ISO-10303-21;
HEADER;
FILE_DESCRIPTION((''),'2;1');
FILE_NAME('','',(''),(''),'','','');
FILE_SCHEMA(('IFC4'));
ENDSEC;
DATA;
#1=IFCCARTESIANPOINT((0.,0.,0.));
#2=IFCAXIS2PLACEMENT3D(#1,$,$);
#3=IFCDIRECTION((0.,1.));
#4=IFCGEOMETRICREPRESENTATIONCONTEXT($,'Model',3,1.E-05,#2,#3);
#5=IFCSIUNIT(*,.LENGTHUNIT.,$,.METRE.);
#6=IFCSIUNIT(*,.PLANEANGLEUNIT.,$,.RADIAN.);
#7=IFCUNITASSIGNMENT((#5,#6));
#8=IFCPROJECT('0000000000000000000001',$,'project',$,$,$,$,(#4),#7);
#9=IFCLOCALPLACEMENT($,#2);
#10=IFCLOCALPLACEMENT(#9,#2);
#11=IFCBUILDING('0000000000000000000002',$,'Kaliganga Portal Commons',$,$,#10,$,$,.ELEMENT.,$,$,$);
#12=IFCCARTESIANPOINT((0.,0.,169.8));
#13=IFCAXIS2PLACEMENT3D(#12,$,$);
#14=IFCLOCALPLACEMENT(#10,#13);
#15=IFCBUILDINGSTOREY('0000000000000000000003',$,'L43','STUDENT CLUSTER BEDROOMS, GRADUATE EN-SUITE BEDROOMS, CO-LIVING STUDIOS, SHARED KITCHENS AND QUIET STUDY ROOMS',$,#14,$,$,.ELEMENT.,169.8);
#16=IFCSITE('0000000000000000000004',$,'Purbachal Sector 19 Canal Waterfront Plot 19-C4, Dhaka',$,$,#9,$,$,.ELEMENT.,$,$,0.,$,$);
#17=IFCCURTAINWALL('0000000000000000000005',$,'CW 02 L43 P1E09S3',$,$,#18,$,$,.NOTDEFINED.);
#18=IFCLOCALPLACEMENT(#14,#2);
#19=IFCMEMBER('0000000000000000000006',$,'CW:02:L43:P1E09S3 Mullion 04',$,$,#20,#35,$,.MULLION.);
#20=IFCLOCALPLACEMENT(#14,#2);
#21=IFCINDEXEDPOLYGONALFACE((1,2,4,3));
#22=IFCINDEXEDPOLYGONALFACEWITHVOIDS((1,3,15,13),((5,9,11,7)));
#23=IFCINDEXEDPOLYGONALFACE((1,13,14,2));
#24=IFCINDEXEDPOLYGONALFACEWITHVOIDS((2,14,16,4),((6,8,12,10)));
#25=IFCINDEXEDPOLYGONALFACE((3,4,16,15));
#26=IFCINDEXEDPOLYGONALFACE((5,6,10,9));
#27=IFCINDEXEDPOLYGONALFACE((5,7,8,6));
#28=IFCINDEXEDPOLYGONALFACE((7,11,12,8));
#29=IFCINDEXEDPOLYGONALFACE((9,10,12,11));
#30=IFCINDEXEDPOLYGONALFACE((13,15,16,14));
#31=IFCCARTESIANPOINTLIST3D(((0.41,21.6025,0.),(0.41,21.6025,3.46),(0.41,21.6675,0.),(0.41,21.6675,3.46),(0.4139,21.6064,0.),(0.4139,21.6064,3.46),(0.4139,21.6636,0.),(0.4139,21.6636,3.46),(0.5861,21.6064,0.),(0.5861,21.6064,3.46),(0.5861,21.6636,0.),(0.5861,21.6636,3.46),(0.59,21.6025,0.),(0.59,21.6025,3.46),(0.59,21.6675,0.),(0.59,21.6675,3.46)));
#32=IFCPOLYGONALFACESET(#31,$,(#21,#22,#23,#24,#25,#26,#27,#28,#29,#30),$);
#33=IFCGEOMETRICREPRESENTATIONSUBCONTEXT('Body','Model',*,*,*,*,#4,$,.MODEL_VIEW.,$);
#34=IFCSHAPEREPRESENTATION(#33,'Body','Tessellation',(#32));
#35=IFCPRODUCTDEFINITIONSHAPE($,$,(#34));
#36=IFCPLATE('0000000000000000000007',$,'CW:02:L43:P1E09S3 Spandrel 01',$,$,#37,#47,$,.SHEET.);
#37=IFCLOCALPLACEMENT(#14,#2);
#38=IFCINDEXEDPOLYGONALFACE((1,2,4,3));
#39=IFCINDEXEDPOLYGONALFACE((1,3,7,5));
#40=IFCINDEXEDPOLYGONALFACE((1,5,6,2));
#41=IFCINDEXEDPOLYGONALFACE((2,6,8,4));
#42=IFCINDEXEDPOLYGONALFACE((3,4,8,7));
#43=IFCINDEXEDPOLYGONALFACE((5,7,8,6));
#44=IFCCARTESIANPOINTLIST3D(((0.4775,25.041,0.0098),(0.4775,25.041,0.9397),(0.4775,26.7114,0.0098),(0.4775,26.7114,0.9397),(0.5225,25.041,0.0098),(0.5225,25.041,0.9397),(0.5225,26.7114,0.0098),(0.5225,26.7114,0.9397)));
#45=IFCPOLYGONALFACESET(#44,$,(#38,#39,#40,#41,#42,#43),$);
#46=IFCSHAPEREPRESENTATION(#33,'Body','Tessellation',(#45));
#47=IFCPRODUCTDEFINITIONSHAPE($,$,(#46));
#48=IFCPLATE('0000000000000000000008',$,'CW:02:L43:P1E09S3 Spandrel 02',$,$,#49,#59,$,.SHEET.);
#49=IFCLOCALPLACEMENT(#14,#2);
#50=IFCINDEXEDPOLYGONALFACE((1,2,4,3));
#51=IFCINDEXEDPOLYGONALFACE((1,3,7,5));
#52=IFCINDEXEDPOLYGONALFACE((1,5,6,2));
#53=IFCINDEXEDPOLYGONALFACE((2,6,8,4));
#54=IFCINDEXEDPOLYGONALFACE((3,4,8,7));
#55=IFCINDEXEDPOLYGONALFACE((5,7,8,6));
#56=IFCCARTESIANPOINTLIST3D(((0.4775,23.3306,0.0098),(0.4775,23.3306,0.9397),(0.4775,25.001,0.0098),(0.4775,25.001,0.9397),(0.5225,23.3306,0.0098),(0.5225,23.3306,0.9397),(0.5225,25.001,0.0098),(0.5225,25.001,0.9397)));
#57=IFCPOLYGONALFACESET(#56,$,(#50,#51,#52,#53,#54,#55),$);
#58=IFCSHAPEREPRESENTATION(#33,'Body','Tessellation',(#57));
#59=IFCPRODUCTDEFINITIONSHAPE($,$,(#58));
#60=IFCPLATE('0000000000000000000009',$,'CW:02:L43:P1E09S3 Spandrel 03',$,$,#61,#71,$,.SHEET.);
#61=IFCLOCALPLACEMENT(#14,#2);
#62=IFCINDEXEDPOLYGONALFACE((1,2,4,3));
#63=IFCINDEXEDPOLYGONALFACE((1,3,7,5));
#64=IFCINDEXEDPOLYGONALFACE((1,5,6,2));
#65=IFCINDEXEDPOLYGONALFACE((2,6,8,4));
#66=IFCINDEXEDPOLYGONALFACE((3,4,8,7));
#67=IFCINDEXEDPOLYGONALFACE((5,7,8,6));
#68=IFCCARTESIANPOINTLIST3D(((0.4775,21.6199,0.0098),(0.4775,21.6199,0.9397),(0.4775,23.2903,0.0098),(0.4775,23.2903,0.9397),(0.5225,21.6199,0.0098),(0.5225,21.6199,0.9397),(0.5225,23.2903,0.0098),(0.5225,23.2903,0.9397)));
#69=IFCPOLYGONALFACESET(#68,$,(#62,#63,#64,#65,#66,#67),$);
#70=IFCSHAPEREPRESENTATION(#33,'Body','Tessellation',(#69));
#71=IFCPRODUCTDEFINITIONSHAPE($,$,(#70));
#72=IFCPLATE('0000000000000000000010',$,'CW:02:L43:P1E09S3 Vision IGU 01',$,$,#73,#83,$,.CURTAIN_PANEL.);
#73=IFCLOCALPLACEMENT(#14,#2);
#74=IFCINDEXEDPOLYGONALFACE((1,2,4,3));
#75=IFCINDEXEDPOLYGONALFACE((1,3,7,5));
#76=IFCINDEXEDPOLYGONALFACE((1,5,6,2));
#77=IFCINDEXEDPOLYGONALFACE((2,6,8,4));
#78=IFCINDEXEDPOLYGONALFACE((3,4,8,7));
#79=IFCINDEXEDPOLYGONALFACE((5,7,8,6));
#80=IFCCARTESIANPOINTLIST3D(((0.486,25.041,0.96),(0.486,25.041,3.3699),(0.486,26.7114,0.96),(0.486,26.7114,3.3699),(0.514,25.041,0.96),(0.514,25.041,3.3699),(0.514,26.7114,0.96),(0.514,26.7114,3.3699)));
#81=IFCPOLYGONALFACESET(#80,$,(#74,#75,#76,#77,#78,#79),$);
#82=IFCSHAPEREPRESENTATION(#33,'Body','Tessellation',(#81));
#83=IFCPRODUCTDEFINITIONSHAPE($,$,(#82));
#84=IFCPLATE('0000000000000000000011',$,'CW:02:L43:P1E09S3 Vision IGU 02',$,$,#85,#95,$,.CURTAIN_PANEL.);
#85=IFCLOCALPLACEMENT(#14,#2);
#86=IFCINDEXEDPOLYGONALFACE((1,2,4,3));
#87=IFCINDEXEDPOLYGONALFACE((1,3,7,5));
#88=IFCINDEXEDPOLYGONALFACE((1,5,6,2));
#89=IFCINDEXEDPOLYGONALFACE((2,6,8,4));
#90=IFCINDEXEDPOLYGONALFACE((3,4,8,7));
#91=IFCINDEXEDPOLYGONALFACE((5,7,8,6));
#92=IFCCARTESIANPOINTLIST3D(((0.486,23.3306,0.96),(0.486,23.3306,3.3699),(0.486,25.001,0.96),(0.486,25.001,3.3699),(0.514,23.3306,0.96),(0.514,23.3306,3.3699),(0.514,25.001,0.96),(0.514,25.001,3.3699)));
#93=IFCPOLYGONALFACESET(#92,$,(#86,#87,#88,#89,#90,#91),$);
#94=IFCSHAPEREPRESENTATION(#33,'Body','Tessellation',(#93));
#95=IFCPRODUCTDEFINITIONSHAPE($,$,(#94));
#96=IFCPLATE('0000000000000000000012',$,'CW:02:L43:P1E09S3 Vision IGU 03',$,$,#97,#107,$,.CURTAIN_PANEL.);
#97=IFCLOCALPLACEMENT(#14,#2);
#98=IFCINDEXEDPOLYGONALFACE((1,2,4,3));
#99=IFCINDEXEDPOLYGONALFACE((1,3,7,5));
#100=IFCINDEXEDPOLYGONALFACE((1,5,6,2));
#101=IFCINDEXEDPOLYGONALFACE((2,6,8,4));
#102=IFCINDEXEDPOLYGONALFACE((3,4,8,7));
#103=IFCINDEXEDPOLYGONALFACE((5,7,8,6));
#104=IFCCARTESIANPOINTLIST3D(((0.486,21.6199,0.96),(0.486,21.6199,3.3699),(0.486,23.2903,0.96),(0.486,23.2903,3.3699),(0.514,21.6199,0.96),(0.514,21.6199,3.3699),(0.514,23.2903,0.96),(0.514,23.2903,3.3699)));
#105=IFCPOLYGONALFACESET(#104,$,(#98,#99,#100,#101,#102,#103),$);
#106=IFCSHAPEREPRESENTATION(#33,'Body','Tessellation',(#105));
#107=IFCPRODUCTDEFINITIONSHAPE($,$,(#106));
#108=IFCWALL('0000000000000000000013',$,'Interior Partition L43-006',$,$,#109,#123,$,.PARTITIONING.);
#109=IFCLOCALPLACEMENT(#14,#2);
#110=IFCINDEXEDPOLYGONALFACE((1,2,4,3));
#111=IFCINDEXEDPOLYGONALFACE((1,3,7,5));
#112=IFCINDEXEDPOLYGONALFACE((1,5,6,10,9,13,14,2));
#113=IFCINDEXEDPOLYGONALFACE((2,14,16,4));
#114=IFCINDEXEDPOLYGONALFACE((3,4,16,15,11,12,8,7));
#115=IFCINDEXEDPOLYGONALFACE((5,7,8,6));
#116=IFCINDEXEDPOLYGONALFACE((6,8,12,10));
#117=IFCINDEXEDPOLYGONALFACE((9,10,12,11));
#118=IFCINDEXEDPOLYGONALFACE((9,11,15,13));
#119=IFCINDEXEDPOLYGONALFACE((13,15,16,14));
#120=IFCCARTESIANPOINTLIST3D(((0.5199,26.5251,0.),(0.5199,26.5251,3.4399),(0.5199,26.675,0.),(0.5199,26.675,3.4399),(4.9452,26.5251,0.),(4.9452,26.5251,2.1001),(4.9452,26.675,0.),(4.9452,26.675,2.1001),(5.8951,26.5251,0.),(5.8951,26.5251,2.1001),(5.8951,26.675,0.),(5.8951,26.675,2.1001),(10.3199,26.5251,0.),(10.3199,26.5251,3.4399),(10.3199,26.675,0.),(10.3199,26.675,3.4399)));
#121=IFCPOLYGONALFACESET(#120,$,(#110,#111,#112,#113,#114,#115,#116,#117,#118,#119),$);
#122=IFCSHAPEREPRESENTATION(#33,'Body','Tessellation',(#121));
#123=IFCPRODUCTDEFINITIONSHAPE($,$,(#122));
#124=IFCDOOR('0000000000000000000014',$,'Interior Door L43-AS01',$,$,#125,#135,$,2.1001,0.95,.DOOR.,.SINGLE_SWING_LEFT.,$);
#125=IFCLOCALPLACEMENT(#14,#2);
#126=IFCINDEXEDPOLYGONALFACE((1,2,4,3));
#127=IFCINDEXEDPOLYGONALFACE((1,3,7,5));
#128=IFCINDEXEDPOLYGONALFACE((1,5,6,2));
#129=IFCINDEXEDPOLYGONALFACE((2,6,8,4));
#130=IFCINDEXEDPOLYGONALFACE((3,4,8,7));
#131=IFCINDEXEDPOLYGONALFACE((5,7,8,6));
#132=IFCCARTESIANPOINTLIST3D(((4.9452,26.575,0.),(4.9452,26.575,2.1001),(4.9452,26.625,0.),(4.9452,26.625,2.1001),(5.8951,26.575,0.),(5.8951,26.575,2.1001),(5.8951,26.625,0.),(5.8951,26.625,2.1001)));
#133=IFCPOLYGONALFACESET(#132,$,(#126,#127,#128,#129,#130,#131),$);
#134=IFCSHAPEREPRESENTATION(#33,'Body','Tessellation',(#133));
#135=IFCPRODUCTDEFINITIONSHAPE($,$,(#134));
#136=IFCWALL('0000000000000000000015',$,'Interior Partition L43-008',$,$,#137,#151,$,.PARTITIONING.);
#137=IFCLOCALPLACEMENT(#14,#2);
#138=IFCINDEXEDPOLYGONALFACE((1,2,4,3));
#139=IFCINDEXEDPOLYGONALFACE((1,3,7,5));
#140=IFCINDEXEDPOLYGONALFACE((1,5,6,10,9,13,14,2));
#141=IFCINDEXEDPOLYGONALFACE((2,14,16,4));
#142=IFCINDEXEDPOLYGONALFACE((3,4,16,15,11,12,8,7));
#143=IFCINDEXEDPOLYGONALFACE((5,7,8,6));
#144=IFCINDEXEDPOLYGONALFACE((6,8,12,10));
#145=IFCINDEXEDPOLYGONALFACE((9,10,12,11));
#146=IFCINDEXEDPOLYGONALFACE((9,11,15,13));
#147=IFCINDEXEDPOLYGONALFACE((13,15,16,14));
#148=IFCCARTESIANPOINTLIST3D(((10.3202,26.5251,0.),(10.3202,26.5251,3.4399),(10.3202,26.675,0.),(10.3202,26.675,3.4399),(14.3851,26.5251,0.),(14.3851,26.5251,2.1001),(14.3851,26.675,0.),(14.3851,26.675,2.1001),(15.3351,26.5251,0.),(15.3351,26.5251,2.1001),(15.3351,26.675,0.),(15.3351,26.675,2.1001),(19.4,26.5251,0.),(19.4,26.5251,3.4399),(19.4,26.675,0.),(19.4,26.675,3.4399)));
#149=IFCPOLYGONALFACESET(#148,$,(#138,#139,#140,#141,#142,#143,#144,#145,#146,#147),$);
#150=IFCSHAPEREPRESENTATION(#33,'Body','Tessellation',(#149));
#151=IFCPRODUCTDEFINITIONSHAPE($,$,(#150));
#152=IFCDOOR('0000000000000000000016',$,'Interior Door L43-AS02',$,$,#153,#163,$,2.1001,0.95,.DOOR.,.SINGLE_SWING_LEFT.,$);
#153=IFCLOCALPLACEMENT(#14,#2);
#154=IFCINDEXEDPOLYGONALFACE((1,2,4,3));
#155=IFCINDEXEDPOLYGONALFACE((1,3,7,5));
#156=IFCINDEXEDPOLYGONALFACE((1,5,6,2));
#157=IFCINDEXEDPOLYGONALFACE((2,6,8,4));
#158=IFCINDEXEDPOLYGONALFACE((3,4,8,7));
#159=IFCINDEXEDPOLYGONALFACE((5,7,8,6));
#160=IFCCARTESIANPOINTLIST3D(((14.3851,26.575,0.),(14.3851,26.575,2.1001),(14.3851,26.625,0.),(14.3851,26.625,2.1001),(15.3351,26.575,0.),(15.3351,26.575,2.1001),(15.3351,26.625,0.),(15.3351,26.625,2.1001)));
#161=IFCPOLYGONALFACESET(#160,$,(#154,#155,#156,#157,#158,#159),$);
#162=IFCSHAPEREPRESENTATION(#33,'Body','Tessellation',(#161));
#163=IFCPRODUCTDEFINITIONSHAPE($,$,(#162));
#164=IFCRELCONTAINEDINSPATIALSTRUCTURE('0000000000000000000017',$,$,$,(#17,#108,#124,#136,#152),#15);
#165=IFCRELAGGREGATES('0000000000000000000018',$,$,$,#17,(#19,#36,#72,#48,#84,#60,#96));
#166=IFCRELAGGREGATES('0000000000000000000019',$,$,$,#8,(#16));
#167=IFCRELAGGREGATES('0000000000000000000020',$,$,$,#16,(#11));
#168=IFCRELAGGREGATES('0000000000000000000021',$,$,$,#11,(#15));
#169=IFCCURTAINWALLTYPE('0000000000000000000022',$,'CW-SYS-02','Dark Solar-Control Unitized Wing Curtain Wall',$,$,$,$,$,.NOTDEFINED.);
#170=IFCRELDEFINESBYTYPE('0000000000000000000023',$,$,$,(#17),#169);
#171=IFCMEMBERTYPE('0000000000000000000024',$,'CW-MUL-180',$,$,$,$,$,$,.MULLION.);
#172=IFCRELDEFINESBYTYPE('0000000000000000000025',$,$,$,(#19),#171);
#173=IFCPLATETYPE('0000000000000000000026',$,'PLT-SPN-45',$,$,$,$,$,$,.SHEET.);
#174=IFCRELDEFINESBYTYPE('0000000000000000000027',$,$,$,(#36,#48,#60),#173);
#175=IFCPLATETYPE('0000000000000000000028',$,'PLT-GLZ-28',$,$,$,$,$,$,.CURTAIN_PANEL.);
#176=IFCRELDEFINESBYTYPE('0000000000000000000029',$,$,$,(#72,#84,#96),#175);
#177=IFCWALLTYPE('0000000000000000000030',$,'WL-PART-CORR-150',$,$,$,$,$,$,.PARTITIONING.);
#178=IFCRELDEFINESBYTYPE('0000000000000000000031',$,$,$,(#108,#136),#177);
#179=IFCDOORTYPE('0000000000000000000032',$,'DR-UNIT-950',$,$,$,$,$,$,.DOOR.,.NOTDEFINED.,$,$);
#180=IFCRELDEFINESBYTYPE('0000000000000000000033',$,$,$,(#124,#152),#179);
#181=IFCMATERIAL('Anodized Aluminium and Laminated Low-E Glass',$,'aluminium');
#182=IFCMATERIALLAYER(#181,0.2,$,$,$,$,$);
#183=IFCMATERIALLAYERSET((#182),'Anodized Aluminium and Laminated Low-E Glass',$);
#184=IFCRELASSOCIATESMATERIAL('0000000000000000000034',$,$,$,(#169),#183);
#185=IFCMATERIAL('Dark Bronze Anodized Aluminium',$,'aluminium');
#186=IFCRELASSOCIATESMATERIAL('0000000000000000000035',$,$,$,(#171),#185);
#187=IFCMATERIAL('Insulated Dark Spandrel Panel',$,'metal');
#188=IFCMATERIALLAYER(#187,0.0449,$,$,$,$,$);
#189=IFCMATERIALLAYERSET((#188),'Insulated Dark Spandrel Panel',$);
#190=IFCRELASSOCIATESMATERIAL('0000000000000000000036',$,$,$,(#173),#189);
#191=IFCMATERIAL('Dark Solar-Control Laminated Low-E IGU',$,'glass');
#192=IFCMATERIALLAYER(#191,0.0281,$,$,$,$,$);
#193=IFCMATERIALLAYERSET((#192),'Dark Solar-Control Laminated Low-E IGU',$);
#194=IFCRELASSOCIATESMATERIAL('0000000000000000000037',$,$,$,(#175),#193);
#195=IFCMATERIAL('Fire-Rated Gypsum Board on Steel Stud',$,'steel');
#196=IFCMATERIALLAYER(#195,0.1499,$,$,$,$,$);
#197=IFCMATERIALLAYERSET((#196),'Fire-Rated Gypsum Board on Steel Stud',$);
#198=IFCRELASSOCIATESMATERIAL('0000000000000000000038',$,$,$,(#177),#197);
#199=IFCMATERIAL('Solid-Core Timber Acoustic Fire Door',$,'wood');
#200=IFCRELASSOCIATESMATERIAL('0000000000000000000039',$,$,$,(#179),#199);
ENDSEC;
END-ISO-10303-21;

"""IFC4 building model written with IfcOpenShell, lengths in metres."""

from ifc_helpers import new_model, si_unit, direction, frame, frame_2d, origin, origin_2d, place, context, subcontext, project, spatial, rectangle, hollow_rectangle, extrude, source, transform, mapped, material, layer, layer_set, material_profile, profile_set, type_object, element, fill, aggregate, save


model = new_model("IFC4")

# Units and contexts
model_context = context("Model", 3, precision=1e-05, world=origin(), true_north=direction((0.0, 1.0)))
body_context = subcontext(model_context, "Body", "Model", "MODEL_VIEW")
ifc_project = project(units=[si_unit("LENGTHUNIT", "METRE"), si_unit("PLANEANGLEUNIT", "RADIAN")], contexts=[model_context])

# Site, building, storey
site_placement = place(None, origin())
site = spatial("IfcSite", under=ifc_project, at=site_placement, Name="Purbachal Sector 19 Canal Waterfront Plot 19-C4, Dhaka", CompositionType="ELEMENT", RefElevation=0.0)
building_placement = place(site_placement, origin())
building = spatial("IfcBuilding", under=site, at=building_placement, Name="Kaliganga Portal Commons", CompositionType="ELEMENT")
storey_placement = place(building_placement, frame((0.0, 0.0, 169.8)))
storey = spatial("IfcBuildingStorey", under=building, at=storey_placement, Name="L43", Description="STUDENT CLUSTER BEDROOMS, GRADUATE EN-SUITE BEDROOMS, CO-LIVING STUDIOS, SHARED KITCHENS AND QUIET STUDY ROOMS", CompositionType="ELEMENT", Elevation=169.8)

# Curtain wall, member, plates
ifc_material_1 = material(Name="Anodized Aluminium and Laminated Low-E Glass", Category="aluminium")
ifc_layer_1 = layer(ifc_material_1, 0.2)
ifc_layer_set_1 = layer_set([ifc_layer_1], Name="Anodized Aluminium and Laminated Low-E Glass")
curtain_wall_type = type_object("IfcCurtainWallType", Name="CW-SYS-02", Description="Dark Solar-Control Unitized Wing Curtain Wall", PredefinedType="NOTDEFINED", material=ifc_layer_set_1)
curtain_wall_placement = place(storey_placement, origin())
curtain_wall = element("IfcCurtainWall", 1, at=curtain_wall_placement, inside=storey, type_object=curtain_wall_type, Name="CW 02 L43 P1E09S3", PredefinedType="NOTDEFINED")
ifc_material_2 = material(Name="Dark Bronze Anodized Aluminium", Category="aluminium")
ifc_material_profile_1 = material_profile(ifc_material_2, hollow_rectangle(XDim=0.0649, YDim=0.1799, WallThickness=0.0039, at=origin_2d()), Name="ALU MULL 65x180x4")
ifc_profile_set_1 = profile_set([ifc_material_profile_1], Name="Dark Bronze Anodized Aluminium")
member_type = type_object("IfcMemberType", Name="CW-MUL-180", PredefinedType="MULLION", material=ifc_profile_set_1)
shared_shape_1 = source(origin(), body_context, "Body", "SweptSolid", [
    extrude(hollow_rectangle(XDim=0.0649, YDim=0.1799, WallThickness=0.0039, at=origin_2d()), origin(), (0.0, 0.0, 1.0), 3.46),
])
member_1_placement = place(storey_placement, frame((0.5, 21.635, 0.0), z_axis=(0.0, 0.0, 1.0), x_axis=(0.0, -1.0, 0.0)))
member_1 = element("IfcMember", 2, at=member_1_placement, type_object=member_type, Name="CW:02:L43:P1E09S3 Mullion 04", PredefinedType="MULLION", context=body_context, shape_type="MappedRepresentation", body=[
    mapped(shared_shape_1, transform((0.0, 0.0, 0.0), x_axis=(1.0, 0.0, 0.0), y_axis=(0.0, 1.0, 0.0), z_axis=(0.0, 0.0, 1.0), scale=1.0)),
])
ifc_material_3 = material(Name="Insulated Dark Spandrel Panel", Category="metal")
ifc_layer_2 = layer(ifc_material_3, 0.0449)
ifc_layer_set_2 = layer_set([ifc_layer_2], Name="Insulated Dark Spandrel Panel")
plate_type_1 = type_object("IfcPlateType", Name="PLT-SPN-45", PredefinedType="SHEET", material=ifc_layer_set_2)
shared_shape_2 = source(origin(), body_context, "Body", "SweptSolid", [
    extrude(rectangle(XDim=1.6704, YDim=0.0449, at=origin_2d()), origin(), (0.0, 0.0, 1.0), 0.9299),
])
plate_1_placement = place(storey_placement, frame((0.5, 25.8762, 0.0098), z_axis=(0.0, 0.0, 1.0), x_axis=(0.0, -1.0, 0.0)))
plate_1 = element("IfcPlate", 3, at=plate_1_placement, type_object=plate_type_1, Name="CW:02:L43:P1E09S3 Spandrel 01", PredefinedType="SHEET", context=body_context, shape_type="MappedRepresentation", body=[
    mapped(shared_shape_2, transform((0.0, 0.0, 0.0), x_axis=(1.0, 0.0, 0.0), y_axis=(0.0, 1.0, 0.0), z_axis=(0.0, 0.0, 1.0), scale=1.0)),
])
plate_2_placement = place(storey_placement, frame((0.5, 24.1658, 0.0098), z_axis=(0.0, 0.0, 1.0), x_axis=(0.0, -1.0, 0.0)))
plate_2 = element("IfcPlate", 4, at=plate_2_placement, type_object=plate_type_1, Name="CW:02:L43:P1E09S3 Spandrel 02", PredefinedType="SHEET", context=body_context, shape_type="MappedRepresentation", body=[
    mapped(shared_shape_2, transform((0.0, 0.0, 0.0), x_axis=(1.0, 0.0, 0.0), y_axis=(0.0, 1.0, 0.0), z_axis=(0.0, 0.0, 1.0), scale=1.0)),
])
plate_3_placement = place(storey_placement, frame((0.5, 22.4551, 0.0098), z_axis=(0.0, 0.0, 1.0), x_axis=(0.0, -1.0, 0.0)))
plate_3 = element("IfcPlate", 5, at=plate_3_placement, type_object=plate_type_1, Name="CW:02:L43:P1E09S3 Spandrel 03", PredefinedType="SHEET", context=body_context, shape_type="MappedRepresentation", body=[
    mapped(shared_shape_2, transform((0.0, 0.0, 0.0), x_axis=(1.0, 0.0, 0.0), y_axis=(0.0, 1.0, 0.0), z_axis=(0.0, 0.0, 1.0), scale=1.0)),
])
ifc_material_4 = material(Name="Dark Solar-Control Laminated Low-E IGU", Category="glass")
ifc_layer_3 = layer(ifc_material_4, 0.0281)
ifc_layer_set_3 = layer_set([ifc_layer_3], Name="Dark Solar-Control Laminated Low-E IGU")
plate_type_2 = type_object("IfcPlateType", Name="PLT-GLZ-28", PredefinedType="CURTAIN_PANEL", material=ifc_layer_set_3)
shared_shape_3 = source(origin(), body_context, "Body", "SweptSolid", [
    extrude(rectangle(XDim=1.6704, YDim=0.0281, at=origin_2d()), origin(), (0.0, 0.0, 1.0), 2.4099),
])
plate_4_placement = place(storey_placement, frame((0.5, 25.8762, 0.96), z_axis=(0.0, 0.0, 1.0), x_axis=(0.0, -1.0, 0.0)))
plate_4 = element("IfcPlate", 6, at=plate_4_placement, type_object=plate_type_2, Name="CW:02:L43:P1E09S3 Vision IGU 01", PredefinedType="CURTAIN_PANEL", context=body_context, shape_type="MappedRepresentation", body=[
    mapped(shared_shape_3, transform((0.0, 0.0, 0.0), x_axis=(1.0, 0.0, 0.0), y_axis=(0.0, 1.0, 0.0), z_axis=(0.0, 0.0, 1.0), scale=1.0)),
])
plate_5_placement = place(storey_placement, frame((0.5, 24.1658, 0.96), z_axis=(0.0, 0.0, 1.0), x_axis=(0.0, -1.0, 0.0)))
plate_5 = element("IfcPlate", 7, at=plate_5_placement, type_object=plate_type_2, Name="CW:02:L43:P1E09S3 Vision IGU 02", PredefinedType="CURTAIN_PANEL", context=body_context, shape_type="MappedRepresentation", body=[
    mapped(shared_shape_3, transform((0.0, 0.0, 0.0), x_axis=(1.0, 0.0, 0.0), y_axis=(0.0, 1.0, 0.0), z_axis=(0.0, 0.0, 1.0), scale=1.0)),
])
plate_6_placement = place(storey_placement, frame((0.5, 22.4551, 0.96), z_axis=(0.0, 0.0, 1.0), x_axis=(0.0, -1.0, 0.0)))
plate_6 = element("IfcPlate", 8, at=plate_6_placement, type_object=plate_type_2, Name="CW:02:L43:P1E09S3 Vision IGU 03", PredefinedType="CURTAIN_PANEL", context=body_context, shape_type="MappedRepresentation", body=[
    mapped(shared_shape_3, transform((0.0, 0.0, 0.0), x_axis=(1.0, 0.0, 0.0), y_axis=(0.0, 1.0, 0.0), z_axis=(0.0, 0.0, 1.0), scale=1.0)),
])
aggregate(curtain_wall, [member_1, plate_1, plate_4, plate_2, plate_5, plate_3, plate_6])

# Walls, openings, doors
ifc_material_5 = material(Name="Fire-Rated Gypsum Board on Steel Stud", Category="steel")
ifc_layer_4 = layer(ifc_material_5, 0.1499)
ifc_layer_set_4 = layer_set([ifc_layer_4], Name="Fire-Rated Gypsum Board on Steel Stud")
wall_type_1 = type_object("IfcWallType", Name="WL-PART-CORR-150", PredefinedType="PARTITIONING", material=ifc_layer_set_4)
wall_1_placement = place(storey_placement, frame((0.52, 26.6001, 0.0), z_axis=(0.0, 0.0, 1.0), x_axis=(1.0, 0.0, 0.0)))
wall_1 = element("IfcWall", 9, at=wall_1_placement, inside=storey, type_object=wall_type_1, Name="Interior Partition L43-006", PredefinedType="PARTITIONING", context=body_context, shape_type="SweptSolid", body=[
    extrude(rectangle(XDim=9.8, YDim=0.1499, at=frame_2d((4.8999, 0.0))), origin(), (0.0, 0.0, 1.0), 3.4399),
])
opening_1_placement = place(wall_1_placement, frame((4.425, 0.0, 0.0)))
opening_1 = element("IfcOpeningElement", 10, at=opening_1_placement, cuts=wall_1, PredefinedType="OPENING", context=body_context, shape_type="SweptSolid", body=[
    extrude(rectangle(XDim=0.95, YDim=2.1001, at=frame_2d((0.4751, 1.05))), frame((0.0, 0.085, 0.0), z_axis=(0.0, -1.0, 0.0), x_axis=(1.0, 0.0, 0.0)), (0.0, 0.0, 1.0), 0.1699),
])
ifc_material_6 = material(Name="Solid-Core Timber Acoustic Fire Door", Category="wood")
door_type_1 = type_object("IfcDoorType", Name="DR-UNIT-950", OperationType="NOTDEFINED", PredefinedType="DOOR", material=ifc_material_6)
door_1_placement = place(opening_1_placement, origin())
door_1 = element("IfcDoor", 11, at=door_1_placement, inside=storey, type_object=door_type_1, Name="Interior Door L43-AS01", OperationType="SINGLE_SWING_LEFT", OverallHeight=2.1001, OverallWidth=0.95, PredefinedType="DOOR", context=body_context, shape_type="SweptSolid", body=[
    extrude(rectangle(XDim=0.95, YDim=2.1001, at=frame_2d((0.4751, 1.05))), frame((0.0, 0.0249, 0.0), z_axis=(0.0, -1.0, 0.0), x_axis=(1.0, 0.0, 0.0)), (0.0, 0.0, 1.0), 0.05),
])
fill(opening_1, door_1)
wall_2_placement = place(storey_placement, frame((10.3201, 26.6001, 0.0), z_axis=(0.0, 0.0, 1.0), x_axis=(1.0, 0.0, 0.0)))
wall_2 = element("IfcWall", 12, at=wall_2_placement, inside=storey, type_object=wall_type_1, Name="Interior Partition L43-008", PredefinedType="PARTITIONING", context=body_context, shape_type="SweptSolid", body=[
    extrude(rectangle(XDim=9.0798, YDim=0.1499, at=frame_2d((4.54, 0.0))), origin(), (0.0, 0.0, 1.0), 3.4399),
])
opening_2_placement = place(wall_2_placement, frame((4.0649, 0.0, 0.0)))
opening_2 = element("IfcOpeningElement", 13, at=opening_2_placement, cuts=wall_2, PredefinedType="OPENING", context=body_context, shape_type="SweptSolid", body=[
    extrude(rectangle(XDim=0.95, YDim=2.1001, at=frame_2d((0.4751, 1.05))), frame((0.0, 0.085, 0.0), z_axis=(0.0, -1.0, 0.0), x_axis=(1.0, 0.0, 0.0)), (0.0, 0.0, 1.0), 0.1699),
])
door_2_placement = place(opening_2_placement, origin())
door_2 = element("IfcDoor", 14, at=door_2_placement, inside=storey, type_object=door_type_1, Name="Interior Door L43-AS02", OperationType="SINGLE_SWING_LEFT", OverallHeight=2.1001, OverallWidth=0.95, PredefinedType="DOOR", context=body_context, shape_type="SweptSolid", body=[
    extrude(rectangle(XDim=0.95, YDim=2.1001, at=frame_2d((0.4751, 1.05))), frame((0.0, 0.0249, 0.0), z_axis=(0.0, -1.0, 0.0), x_axis=(1.0, 0.0, 0.0)), (0.0, 0.0, 1.0), 0.05),
])
fill(opening_2, door_2)

save(model, "model.ifc")
